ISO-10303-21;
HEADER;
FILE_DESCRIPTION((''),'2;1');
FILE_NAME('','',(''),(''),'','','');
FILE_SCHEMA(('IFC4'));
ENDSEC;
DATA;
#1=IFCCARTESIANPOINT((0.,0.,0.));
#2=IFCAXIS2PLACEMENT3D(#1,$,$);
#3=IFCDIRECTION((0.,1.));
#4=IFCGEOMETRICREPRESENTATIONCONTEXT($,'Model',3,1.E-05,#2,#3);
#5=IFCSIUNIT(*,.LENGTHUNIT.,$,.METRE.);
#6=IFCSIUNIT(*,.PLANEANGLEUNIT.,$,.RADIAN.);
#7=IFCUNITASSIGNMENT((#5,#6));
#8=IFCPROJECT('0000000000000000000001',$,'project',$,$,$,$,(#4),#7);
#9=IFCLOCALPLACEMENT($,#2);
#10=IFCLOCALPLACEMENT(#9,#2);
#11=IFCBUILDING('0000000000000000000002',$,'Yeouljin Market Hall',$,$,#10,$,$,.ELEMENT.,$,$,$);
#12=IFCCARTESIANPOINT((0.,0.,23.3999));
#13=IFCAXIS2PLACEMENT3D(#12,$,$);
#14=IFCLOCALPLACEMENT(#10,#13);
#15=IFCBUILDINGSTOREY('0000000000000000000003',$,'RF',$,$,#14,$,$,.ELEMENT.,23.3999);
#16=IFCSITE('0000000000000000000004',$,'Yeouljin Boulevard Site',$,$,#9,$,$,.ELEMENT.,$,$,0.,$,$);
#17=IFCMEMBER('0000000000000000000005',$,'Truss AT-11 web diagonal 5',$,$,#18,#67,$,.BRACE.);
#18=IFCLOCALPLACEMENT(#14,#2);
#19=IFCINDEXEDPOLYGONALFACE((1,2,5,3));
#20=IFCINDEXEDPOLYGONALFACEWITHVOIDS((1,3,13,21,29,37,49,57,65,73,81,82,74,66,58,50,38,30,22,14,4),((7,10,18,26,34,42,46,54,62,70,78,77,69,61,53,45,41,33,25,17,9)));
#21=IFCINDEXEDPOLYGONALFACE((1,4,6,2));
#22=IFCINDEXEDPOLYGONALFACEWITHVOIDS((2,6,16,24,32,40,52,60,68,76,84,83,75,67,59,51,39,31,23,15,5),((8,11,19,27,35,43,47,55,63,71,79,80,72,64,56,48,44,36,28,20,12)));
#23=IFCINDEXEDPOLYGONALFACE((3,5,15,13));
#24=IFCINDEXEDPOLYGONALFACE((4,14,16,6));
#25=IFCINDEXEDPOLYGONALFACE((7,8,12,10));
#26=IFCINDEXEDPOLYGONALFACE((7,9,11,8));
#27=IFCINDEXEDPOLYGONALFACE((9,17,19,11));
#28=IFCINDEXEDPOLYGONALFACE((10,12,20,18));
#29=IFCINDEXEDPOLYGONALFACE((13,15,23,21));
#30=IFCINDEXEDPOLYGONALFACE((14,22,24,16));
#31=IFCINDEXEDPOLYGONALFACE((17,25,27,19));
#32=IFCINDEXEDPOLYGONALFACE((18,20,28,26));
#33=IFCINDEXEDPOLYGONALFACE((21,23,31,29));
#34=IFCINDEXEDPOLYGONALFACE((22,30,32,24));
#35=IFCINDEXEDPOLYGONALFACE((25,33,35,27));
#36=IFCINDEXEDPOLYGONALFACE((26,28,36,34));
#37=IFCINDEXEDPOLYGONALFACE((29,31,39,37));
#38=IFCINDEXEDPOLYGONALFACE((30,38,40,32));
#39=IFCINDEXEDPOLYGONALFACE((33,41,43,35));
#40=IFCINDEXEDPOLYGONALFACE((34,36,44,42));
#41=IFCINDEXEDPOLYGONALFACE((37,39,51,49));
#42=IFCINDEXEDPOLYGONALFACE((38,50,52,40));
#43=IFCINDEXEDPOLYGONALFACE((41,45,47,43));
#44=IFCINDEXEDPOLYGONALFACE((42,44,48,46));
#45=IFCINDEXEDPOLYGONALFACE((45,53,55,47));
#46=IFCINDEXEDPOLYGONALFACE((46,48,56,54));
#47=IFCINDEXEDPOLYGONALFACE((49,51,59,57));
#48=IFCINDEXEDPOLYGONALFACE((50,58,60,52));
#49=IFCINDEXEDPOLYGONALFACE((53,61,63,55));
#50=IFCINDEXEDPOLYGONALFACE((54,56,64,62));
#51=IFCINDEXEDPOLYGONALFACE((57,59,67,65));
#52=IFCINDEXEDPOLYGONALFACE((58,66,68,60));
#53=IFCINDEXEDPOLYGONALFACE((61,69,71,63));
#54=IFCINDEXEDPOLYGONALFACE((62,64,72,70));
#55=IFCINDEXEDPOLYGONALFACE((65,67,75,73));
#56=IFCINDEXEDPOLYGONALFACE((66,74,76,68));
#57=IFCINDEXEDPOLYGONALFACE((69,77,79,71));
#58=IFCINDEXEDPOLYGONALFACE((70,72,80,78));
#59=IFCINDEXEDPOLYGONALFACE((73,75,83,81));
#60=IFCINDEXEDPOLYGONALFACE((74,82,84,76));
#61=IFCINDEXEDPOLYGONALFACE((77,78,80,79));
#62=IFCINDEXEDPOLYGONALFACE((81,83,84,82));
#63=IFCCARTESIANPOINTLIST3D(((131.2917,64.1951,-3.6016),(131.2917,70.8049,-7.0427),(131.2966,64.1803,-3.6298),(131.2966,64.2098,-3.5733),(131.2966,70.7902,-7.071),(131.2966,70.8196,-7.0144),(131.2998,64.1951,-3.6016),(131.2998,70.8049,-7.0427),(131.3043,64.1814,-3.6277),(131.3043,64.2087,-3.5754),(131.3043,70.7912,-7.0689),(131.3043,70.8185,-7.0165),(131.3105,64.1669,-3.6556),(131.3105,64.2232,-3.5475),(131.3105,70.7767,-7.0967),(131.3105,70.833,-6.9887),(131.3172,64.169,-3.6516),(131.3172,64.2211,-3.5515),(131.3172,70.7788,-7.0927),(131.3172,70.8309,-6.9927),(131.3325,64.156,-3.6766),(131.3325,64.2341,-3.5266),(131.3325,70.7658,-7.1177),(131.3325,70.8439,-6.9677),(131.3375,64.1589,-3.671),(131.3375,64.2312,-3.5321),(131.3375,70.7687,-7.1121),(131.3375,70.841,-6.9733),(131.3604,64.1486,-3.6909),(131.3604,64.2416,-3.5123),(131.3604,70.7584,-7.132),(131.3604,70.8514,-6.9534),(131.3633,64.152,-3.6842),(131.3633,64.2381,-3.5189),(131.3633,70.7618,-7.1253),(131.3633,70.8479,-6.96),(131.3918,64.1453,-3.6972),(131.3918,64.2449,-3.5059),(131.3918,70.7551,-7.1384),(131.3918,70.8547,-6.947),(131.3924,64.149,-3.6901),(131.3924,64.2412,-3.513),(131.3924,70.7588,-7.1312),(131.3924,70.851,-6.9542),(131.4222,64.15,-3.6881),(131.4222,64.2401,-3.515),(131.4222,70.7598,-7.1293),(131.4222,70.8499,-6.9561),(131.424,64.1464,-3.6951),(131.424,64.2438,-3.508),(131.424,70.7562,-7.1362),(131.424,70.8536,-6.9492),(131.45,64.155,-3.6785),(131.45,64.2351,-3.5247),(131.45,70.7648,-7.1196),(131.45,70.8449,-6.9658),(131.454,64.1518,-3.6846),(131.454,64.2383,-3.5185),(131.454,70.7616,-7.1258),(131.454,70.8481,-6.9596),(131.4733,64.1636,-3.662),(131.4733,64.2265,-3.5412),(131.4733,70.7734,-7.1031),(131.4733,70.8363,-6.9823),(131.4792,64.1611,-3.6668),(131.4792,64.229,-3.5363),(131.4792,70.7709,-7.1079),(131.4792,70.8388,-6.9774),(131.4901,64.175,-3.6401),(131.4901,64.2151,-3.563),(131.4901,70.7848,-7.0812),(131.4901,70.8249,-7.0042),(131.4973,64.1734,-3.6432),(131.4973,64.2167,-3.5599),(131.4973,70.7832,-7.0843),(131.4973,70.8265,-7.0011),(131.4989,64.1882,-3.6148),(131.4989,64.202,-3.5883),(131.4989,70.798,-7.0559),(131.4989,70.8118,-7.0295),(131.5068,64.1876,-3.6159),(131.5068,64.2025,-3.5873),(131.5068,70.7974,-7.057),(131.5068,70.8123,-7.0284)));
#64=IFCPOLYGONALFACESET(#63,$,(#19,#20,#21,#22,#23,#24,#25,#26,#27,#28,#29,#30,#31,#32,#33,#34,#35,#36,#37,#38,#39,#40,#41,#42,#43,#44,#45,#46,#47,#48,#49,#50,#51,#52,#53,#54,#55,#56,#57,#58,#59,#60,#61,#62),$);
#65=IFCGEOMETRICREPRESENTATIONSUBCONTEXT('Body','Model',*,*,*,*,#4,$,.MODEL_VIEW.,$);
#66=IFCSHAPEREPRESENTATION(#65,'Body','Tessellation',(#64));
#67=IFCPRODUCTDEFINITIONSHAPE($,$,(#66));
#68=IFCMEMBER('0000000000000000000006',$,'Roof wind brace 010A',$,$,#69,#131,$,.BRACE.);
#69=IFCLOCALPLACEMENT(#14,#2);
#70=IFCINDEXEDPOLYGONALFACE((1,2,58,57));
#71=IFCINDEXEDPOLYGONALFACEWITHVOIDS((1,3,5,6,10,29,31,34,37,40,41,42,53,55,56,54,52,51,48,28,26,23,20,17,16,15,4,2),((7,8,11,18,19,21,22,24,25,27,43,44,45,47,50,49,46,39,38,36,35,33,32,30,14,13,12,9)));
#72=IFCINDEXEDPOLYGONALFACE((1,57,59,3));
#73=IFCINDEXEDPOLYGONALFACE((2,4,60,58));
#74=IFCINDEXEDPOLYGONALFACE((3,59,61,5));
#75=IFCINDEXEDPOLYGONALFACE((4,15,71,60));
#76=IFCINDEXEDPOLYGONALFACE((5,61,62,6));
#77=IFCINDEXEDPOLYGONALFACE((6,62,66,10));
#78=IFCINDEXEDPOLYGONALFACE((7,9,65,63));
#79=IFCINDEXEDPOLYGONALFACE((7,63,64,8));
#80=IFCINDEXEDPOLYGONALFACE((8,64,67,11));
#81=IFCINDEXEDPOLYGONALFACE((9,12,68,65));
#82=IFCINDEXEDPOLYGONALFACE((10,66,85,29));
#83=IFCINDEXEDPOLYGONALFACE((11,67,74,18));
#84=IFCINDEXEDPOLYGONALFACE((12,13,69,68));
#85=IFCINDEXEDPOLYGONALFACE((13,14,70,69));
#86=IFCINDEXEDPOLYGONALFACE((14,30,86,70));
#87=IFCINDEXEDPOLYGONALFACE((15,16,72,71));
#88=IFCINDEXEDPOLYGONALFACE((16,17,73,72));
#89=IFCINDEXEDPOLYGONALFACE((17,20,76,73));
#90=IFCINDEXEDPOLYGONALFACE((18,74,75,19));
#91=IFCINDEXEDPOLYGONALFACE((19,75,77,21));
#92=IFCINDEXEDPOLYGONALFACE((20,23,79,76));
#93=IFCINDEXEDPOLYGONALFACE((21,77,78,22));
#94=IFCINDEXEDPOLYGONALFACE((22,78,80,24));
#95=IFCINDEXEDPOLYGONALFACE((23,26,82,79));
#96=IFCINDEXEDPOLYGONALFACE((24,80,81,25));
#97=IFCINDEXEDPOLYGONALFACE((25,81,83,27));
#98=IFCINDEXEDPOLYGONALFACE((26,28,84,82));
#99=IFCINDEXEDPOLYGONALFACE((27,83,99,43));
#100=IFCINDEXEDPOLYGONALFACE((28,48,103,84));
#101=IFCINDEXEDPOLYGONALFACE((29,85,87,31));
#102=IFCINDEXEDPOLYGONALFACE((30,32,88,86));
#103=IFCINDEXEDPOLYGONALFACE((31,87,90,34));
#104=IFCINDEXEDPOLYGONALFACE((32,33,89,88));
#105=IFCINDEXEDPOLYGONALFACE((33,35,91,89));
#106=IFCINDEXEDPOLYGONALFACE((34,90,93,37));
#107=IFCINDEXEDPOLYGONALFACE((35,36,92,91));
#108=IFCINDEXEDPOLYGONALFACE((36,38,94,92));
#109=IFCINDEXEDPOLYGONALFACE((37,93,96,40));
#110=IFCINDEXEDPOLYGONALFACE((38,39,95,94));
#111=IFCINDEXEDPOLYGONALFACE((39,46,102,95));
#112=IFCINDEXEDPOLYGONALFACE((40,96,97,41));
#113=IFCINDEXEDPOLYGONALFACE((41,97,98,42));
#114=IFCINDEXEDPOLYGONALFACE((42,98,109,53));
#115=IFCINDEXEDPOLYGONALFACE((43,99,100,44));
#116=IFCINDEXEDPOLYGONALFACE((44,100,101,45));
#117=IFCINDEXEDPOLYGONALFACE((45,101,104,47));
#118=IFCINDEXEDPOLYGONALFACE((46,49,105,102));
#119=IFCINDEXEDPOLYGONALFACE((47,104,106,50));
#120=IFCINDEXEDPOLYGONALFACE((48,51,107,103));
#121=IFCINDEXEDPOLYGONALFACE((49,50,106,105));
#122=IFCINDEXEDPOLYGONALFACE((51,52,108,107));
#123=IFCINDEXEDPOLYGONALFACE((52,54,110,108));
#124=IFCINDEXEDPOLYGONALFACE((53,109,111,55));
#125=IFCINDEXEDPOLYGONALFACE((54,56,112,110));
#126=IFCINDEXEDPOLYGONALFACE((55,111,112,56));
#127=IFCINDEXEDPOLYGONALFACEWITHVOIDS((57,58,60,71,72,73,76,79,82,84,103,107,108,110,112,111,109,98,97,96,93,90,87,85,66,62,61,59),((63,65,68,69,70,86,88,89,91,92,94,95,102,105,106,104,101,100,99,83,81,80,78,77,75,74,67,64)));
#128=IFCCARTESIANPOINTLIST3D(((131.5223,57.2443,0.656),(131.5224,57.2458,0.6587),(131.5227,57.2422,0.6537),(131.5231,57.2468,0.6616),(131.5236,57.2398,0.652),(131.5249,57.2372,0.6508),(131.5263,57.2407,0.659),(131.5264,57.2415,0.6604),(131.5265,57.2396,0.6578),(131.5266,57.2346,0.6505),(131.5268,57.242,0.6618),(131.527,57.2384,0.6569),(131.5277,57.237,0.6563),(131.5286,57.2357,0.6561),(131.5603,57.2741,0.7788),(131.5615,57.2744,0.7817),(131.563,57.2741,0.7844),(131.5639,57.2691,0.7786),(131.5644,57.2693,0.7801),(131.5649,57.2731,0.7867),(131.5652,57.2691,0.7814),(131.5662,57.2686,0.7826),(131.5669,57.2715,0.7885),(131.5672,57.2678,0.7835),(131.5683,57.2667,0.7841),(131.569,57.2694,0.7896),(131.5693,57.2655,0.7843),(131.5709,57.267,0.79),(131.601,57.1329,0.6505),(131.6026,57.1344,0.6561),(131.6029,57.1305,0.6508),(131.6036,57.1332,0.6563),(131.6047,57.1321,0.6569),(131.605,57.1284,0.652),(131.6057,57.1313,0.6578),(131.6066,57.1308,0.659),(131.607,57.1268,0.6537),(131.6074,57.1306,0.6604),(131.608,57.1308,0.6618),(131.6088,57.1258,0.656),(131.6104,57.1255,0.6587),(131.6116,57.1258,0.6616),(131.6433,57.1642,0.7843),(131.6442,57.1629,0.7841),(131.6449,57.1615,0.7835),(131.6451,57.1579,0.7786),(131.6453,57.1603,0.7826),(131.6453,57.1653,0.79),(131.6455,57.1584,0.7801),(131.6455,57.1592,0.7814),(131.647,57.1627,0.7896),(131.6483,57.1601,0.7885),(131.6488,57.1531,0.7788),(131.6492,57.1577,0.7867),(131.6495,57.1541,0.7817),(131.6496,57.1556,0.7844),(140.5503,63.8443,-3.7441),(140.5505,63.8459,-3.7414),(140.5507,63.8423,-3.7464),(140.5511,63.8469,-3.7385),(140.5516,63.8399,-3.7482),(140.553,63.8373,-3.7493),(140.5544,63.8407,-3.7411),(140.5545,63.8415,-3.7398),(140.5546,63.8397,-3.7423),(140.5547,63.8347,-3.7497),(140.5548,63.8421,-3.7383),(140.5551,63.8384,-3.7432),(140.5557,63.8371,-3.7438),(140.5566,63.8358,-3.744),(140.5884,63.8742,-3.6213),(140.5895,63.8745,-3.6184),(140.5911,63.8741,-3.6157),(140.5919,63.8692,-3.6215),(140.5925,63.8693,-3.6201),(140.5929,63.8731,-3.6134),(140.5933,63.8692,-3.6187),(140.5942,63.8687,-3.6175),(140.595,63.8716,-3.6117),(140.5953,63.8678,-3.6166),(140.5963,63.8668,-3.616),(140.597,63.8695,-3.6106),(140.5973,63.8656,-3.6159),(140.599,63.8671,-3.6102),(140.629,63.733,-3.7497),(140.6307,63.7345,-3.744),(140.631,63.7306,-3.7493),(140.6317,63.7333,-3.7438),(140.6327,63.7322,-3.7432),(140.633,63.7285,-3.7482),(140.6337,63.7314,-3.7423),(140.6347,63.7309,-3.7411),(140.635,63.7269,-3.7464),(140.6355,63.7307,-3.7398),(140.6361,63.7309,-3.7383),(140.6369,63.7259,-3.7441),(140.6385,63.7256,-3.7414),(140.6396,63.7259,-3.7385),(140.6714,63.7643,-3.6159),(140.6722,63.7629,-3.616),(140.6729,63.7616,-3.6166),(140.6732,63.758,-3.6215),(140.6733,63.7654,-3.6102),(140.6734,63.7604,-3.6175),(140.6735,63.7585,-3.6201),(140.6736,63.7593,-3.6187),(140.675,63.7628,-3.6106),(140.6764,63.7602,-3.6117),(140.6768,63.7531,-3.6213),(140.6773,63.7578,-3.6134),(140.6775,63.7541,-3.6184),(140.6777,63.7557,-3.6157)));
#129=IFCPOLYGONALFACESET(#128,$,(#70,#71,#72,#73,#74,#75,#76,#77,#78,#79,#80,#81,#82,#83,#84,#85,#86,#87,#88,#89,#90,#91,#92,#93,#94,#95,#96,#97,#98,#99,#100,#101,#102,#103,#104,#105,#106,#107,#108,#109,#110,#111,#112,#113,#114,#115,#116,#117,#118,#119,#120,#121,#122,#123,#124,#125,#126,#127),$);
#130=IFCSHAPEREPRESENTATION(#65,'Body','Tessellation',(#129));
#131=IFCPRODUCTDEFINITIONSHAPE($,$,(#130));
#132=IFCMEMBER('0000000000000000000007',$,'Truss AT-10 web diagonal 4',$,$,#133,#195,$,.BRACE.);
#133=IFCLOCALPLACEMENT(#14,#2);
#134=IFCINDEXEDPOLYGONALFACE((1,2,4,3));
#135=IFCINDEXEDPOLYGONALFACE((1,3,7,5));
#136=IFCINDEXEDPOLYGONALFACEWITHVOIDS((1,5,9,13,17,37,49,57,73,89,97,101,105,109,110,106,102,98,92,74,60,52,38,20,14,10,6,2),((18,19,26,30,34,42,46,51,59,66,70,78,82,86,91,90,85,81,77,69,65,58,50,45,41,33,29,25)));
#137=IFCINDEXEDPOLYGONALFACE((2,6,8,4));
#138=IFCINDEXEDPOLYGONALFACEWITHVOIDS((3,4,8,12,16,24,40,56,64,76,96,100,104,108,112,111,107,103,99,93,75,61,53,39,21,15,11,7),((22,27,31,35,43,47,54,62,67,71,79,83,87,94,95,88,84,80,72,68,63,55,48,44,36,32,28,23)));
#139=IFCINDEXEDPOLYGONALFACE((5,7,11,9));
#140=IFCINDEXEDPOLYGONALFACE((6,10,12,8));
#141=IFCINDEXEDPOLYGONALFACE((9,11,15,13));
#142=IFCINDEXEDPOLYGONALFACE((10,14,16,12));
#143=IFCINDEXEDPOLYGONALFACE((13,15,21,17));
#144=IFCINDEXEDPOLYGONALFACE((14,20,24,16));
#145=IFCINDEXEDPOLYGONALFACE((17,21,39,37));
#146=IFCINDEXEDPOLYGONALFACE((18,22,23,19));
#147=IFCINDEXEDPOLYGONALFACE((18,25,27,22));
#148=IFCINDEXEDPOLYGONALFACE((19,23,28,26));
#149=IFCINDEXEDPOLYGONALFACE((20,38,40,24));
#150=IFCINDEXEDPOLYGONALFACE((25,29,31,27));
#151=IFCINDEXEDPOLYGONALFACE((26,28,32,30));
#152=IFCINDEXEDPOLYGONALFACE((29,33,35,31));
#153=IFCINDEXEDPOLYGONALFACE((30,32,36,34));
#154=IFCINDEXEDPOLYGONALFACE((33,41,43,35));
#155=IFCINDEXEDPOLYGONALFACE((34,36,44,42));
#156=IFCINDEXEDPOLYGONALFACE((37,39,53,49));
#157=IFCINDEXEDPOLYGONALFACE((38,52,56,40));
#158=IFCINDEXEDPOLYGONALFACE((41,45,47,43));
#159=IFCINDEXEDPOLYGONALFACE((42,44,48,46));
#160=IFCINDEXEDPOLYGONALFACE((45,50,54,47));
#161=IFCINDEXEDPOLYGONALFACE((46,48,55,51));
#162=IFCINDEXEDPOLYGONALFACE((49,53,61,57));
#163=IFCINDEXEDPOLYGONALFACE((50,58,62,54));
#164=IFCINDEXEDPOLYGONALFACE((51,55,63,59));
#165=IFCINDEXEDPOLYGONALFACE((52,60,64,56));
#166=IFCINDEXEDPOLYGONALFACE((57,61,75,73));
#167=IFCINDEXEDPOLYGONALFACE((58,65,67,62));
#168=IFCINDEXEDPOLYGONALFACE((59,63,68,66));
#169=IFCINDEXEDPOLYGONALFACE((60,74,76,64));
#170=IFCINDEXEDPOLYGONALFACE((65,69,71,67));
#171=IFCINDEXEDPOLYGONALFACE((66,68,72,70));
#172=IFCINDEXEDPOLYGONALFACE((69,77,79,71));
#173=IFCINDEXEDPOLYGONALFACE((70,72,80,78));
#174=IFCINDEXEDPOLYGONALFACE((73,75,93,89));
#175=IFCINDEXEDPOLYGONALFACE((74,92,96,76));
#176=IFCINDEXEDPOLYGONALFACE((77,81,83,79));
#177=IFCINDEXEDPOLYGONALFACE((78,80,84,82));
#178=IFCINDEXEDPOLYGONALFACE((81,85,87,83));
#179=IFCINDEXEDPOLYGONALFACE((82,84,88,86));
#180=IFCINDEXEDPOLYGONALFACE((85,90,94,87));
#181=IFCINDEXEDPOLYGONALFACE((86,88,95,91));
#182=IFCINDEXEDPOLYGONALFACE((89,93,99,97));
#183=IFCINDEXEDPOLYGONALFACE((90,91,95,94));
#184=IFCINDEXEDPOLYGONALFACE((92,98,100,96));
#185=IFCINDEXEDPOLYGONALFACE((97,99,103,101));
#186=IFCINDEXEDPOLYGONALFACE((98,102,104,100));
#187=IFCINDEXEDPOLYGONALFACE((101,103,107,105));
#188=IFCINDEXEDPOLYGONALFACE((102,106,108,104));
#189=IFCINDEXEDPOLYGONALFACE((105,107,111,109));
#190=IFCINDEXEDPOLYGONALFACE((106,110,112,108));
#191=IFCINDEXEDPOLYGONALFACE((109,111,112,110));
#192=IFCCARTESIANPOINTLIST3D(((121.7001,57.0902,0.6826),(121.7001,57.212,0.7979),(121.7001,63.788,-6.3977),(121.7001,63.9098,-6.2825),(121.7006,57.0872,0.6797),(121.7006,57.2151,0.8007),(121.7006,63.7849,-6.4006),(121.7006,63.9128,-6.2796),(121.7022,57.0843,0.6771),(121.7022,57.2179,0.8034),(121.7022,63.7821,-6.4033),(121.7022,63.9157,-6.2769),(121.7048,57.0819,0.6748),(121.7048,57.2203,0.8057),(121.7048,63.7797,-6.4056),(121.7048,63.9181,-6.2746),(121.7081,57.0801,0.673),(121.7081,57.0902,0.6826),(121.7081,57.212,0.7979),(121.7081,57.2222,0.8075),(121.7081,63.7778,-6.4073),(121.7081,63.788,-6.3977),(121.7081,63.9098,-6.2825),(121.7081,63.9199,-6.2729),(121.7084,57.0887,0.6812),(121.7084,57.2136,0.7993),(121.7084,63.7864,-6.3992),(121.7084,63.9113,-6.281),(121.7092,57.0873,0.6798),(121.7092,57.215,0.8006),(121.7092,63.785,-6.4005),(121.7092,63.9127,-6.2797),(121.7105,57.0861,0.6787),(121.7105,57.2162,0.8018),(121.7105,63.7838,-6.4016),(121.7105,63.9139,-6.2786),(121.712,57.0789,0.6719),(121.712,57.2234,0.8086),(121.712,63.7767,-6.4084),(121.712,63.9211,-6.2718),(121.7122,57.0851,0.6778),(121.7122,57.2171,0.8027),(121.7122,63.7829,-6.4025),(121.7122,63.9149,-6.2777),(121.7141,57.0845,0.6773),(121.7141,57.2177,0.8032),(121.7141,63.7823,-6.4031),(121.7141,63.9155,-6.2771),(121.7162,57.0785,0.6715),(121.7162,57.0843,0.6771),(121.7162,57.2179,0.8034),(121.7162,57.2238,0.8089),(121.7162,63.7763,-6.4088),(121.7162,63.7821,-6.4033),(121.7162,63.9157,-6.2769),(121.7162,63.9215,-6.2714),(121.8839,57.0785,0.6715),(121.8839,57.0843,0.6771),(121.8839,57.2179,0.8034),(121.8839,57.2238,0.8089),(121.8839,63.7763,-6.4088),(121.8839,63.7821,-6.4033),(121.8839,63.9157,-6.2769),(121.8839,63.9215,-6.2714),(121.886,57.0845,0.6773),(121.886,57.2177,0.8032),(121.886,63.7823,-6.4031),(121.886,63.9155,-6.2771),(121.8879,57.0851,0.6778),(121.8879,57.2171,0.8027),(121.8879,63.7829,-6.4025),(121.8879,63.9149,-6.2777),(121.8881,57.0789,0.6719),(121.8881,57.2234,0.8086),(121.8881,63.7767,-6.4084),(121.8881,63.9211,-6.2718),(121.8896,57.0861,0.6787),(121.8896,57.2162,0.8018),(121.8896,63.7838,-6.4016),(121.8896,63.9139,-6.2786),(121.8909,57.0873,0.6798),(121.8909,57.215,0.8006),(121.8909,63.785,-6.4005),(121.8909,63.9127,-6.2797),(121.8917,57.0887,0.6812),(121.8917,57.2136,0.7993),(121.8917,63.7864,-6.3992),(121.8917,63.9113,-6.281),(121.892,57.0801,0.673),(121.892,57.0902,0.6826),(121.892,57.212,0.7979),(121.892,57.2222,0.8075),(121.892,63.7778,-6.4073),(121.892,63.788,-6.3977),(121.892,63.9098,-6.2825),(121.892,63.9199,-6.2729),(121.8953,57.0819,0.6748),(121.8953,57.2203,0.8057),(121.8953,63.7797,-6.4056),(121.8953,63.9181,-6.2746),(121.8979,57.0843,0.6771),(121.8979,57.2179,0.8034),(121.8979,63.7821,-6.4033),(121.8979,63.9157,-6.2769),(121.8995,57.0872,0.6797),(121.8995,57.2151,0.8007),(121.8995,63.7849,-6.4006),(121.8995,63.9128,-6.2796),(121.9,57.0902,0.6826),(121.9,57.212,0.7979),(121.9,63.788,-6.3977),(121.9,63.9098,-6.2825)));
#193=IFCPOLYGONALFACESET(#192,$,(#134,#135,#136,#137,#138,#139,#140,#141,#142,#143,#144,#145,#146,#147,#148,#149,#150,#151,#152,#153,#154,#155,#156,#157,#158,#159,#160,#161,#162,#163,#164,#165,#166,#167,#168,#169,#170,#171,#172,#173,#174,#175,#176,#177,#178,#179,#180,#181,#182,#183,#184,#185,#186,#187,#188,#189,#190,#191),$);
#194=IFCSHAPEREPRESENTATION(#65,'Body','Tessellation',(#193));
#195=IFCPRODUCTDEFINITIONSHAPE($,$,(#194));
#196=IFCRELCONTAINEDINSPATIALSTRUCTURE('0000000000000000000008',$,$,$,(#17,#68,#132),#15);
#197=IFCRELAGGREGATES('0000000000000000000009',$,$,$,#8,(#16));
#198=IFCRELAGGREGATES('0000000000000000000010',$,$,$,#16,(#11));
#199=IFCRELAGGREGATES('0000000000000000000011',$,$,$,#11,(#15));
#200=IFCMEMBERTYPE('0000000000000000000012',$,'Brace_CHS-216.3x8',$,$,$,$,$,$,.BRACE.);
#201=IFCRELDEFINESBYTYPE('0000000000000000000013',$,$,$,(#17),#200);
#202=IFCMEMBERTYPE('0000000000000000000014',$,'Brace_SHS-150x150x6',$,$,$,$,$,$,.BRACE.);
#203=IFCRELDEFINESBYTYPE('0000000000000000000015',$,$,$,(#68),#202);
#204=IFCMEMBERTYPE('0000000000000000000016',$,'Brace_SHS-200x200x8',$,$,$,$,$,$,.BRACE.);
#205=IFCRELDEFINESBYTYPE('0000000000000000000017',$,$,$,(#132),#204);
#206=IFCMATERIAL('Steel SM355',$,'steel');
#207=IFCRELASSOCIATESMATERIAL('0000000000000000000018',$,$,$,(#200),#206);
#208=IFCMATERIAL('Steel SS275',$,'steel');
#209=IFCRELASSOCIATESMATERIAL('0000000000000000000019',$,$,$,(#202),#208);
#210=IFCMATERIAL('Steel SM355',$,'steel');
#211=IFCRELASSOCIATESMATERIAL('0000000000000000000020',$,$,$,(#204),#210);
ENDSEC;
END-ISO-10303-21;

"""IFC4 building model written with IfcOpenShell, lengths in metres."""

from ifc_helpers import new_model, si_unit, direction, frame, origin, origin_2d, place, context, subcontext, project, spatial, hollow_rectangle, hollow_circle, extrude, material, material_profile, profile_set, type_object, element, save


model = new_model("IFC4")

# Units and contexts
model_context = context("Model", 3, precision=1e-05, world=origin(), true_north=direction((0.0, 1.0)))
body_context = subcontext(model_context, "Body", "Model", "MODEL_VIEW")
ifc_project = project(units=[si_unit("LENGTHUNIT", "METRE"), si_unit("PLANEANGLEUNIT", "RADIAN")], contexts=[model_context])

# Site, building, storey
site_placement = place(None, origin())
site = spatial("IfcSite", under=ifc_project, at=site_placement, Name="Yeouljin Boulevard Site", CompositionType="ELEMENT", RefElevation=0.0)
building_placement = place(site_placement, origin())
building = spatial("IfcBuilding", under=site, at=building_placement, Name="Yeouljin Market Hall", CompositionType="ELEMENT")
storey_placement = place(building_placement, frame((0.0, 0.0, 23.3999)))
storey = spatial("IfcBuildingStorey", under=building, at=storey_placement, Name="RF", CompositionType="ELEMENT", Elevation=23.3999)

# Members
ifc_material_1 = material(Name="Steel SM355", Category="steel")
ifc_material_profile_1 = material_profile(ifc_material_1, hollow_circle(Radius=0.1082, WallThickness=0.0081, at=origin_2d()), Name="CHS-216.3x8")
ifc_profile_set_1 = profile_set([ifc_material_profile_1], Name="Steel SM355")
member_type_1 = type_object("IfcMemberType", Name="Brace_CHS-216.3x8", PredefinedType="BRACE", material=ifc_profile_set_1)
for number, where, z_axis, x_axis, name in (
    (1, (131.3999, 64.1951, -3.6016), (0.0, 0.886995, -0.461779), (-1.0, 0.0, 0.0), "Truss AT-11 web diagonal 5"),
):
    element("IfcMember", number, at=place(storey_placement, frame(where, z_axis=z_axis, x_axis=x_axis)), inside=storey, type_object=member_type_1, Name=name, PredefinedType="BRACE", context=body_context, shape_type="SweptSolid", body=[
        extrude(hollow_circle(Radius=0.1082, WallThickness=0.0081, at=origin_2d()), origin(), (0.0, 0.0, 1.0), 7.4519),
    ])
ifc_material_2 = material(Name="Steel SS275", Category="steel")
ifc_material_profile_2 = material_profile(ifc_material_2, hollow_rectangle(XDim=0.1499, YDim=0.1499, WallThickness=0.0061, InnerFilletRadius=0.0061, OuterFilletRadius=0.012, at=origin_2d()), Name="SHS-150x150x6")
ifc_profile_set_2 = profile_set([ifc_material_profile_2], Name="Steel SS275")
member_type_2 = type_object("IfcMemberType", Name="Brace_SHS-150x150x6", PredefinedType="BRACE", material=ifc_profile_set_2)
member_1_placement = place(storey_placement, frame((131.5859, 57.2, 0.7202), z_axis=(0.751222, 0.549191, -0.366134), x_axis=(-0.590171, 0.807278, 0.0)))
element("IfcMember", 2, at=member_1_placement, inside=storey, type_object=member_type_2, Name="Roof wind brace 010A", PredefinedType="BRACE", context=body_context, shape_type="SweptSolid", body=[
    extrude(hollow_rectangle(XDim=0.1499, YDim=0.1499, WallThickness=0.0061, InnerFilletRadius=0.0061, OuterFilletRadius=0.012, at=origin_2d()), origin(), (0.0, 0.0, 1.0), 12.0178),
])
ifc_material_3 = material(Name="Steel SM355", Category="steel")
ifc_material_profile_3 = material_profile(ifc_material_3, hollow_rectangle(XDim=0.2, YDim=0.2, WallThickness=0.0081, InnerFilletRadius=0.0081, OuterFilletRadius=0.0161, at=origin_2d()), Name="SHS-200x200x8")
ifc_profile_set_3 = profile_set([ifc_material_profile_3], Name="Steel SM355")
member_type_3 = type_object("IfcMemberType", Name="Brace_SHS-200x200x8", PredefinedType="BRACE", material=ifc_profile_set_3)
member_2_placement = place(storey_placement, frame((121.8, 57.1511, 0.7402), z_axis=(0.0, 0.687208, -0.726461), x_axis=(-1.0, 0.0, 0.0)))
element("IfcMember", 3, at=member_2_placement, inside=storey, type_object=member_type_3, Name="Truss AT-10 web diagonal 4", PredefinedType="BRACE", context=body_context, shape_type="SweptSolid", body=[
    extrude(hollow_rectangle(XDim=0.2, YDim=0.2, WallThickness=0.0081, InnerFilletRadius=0.0081, OuterFilletRadius=0.0161, at=origin_2d()), origin(), (0.0, 0.0, 1.0), 9.7463),
])

save(model, "model.ifc")
